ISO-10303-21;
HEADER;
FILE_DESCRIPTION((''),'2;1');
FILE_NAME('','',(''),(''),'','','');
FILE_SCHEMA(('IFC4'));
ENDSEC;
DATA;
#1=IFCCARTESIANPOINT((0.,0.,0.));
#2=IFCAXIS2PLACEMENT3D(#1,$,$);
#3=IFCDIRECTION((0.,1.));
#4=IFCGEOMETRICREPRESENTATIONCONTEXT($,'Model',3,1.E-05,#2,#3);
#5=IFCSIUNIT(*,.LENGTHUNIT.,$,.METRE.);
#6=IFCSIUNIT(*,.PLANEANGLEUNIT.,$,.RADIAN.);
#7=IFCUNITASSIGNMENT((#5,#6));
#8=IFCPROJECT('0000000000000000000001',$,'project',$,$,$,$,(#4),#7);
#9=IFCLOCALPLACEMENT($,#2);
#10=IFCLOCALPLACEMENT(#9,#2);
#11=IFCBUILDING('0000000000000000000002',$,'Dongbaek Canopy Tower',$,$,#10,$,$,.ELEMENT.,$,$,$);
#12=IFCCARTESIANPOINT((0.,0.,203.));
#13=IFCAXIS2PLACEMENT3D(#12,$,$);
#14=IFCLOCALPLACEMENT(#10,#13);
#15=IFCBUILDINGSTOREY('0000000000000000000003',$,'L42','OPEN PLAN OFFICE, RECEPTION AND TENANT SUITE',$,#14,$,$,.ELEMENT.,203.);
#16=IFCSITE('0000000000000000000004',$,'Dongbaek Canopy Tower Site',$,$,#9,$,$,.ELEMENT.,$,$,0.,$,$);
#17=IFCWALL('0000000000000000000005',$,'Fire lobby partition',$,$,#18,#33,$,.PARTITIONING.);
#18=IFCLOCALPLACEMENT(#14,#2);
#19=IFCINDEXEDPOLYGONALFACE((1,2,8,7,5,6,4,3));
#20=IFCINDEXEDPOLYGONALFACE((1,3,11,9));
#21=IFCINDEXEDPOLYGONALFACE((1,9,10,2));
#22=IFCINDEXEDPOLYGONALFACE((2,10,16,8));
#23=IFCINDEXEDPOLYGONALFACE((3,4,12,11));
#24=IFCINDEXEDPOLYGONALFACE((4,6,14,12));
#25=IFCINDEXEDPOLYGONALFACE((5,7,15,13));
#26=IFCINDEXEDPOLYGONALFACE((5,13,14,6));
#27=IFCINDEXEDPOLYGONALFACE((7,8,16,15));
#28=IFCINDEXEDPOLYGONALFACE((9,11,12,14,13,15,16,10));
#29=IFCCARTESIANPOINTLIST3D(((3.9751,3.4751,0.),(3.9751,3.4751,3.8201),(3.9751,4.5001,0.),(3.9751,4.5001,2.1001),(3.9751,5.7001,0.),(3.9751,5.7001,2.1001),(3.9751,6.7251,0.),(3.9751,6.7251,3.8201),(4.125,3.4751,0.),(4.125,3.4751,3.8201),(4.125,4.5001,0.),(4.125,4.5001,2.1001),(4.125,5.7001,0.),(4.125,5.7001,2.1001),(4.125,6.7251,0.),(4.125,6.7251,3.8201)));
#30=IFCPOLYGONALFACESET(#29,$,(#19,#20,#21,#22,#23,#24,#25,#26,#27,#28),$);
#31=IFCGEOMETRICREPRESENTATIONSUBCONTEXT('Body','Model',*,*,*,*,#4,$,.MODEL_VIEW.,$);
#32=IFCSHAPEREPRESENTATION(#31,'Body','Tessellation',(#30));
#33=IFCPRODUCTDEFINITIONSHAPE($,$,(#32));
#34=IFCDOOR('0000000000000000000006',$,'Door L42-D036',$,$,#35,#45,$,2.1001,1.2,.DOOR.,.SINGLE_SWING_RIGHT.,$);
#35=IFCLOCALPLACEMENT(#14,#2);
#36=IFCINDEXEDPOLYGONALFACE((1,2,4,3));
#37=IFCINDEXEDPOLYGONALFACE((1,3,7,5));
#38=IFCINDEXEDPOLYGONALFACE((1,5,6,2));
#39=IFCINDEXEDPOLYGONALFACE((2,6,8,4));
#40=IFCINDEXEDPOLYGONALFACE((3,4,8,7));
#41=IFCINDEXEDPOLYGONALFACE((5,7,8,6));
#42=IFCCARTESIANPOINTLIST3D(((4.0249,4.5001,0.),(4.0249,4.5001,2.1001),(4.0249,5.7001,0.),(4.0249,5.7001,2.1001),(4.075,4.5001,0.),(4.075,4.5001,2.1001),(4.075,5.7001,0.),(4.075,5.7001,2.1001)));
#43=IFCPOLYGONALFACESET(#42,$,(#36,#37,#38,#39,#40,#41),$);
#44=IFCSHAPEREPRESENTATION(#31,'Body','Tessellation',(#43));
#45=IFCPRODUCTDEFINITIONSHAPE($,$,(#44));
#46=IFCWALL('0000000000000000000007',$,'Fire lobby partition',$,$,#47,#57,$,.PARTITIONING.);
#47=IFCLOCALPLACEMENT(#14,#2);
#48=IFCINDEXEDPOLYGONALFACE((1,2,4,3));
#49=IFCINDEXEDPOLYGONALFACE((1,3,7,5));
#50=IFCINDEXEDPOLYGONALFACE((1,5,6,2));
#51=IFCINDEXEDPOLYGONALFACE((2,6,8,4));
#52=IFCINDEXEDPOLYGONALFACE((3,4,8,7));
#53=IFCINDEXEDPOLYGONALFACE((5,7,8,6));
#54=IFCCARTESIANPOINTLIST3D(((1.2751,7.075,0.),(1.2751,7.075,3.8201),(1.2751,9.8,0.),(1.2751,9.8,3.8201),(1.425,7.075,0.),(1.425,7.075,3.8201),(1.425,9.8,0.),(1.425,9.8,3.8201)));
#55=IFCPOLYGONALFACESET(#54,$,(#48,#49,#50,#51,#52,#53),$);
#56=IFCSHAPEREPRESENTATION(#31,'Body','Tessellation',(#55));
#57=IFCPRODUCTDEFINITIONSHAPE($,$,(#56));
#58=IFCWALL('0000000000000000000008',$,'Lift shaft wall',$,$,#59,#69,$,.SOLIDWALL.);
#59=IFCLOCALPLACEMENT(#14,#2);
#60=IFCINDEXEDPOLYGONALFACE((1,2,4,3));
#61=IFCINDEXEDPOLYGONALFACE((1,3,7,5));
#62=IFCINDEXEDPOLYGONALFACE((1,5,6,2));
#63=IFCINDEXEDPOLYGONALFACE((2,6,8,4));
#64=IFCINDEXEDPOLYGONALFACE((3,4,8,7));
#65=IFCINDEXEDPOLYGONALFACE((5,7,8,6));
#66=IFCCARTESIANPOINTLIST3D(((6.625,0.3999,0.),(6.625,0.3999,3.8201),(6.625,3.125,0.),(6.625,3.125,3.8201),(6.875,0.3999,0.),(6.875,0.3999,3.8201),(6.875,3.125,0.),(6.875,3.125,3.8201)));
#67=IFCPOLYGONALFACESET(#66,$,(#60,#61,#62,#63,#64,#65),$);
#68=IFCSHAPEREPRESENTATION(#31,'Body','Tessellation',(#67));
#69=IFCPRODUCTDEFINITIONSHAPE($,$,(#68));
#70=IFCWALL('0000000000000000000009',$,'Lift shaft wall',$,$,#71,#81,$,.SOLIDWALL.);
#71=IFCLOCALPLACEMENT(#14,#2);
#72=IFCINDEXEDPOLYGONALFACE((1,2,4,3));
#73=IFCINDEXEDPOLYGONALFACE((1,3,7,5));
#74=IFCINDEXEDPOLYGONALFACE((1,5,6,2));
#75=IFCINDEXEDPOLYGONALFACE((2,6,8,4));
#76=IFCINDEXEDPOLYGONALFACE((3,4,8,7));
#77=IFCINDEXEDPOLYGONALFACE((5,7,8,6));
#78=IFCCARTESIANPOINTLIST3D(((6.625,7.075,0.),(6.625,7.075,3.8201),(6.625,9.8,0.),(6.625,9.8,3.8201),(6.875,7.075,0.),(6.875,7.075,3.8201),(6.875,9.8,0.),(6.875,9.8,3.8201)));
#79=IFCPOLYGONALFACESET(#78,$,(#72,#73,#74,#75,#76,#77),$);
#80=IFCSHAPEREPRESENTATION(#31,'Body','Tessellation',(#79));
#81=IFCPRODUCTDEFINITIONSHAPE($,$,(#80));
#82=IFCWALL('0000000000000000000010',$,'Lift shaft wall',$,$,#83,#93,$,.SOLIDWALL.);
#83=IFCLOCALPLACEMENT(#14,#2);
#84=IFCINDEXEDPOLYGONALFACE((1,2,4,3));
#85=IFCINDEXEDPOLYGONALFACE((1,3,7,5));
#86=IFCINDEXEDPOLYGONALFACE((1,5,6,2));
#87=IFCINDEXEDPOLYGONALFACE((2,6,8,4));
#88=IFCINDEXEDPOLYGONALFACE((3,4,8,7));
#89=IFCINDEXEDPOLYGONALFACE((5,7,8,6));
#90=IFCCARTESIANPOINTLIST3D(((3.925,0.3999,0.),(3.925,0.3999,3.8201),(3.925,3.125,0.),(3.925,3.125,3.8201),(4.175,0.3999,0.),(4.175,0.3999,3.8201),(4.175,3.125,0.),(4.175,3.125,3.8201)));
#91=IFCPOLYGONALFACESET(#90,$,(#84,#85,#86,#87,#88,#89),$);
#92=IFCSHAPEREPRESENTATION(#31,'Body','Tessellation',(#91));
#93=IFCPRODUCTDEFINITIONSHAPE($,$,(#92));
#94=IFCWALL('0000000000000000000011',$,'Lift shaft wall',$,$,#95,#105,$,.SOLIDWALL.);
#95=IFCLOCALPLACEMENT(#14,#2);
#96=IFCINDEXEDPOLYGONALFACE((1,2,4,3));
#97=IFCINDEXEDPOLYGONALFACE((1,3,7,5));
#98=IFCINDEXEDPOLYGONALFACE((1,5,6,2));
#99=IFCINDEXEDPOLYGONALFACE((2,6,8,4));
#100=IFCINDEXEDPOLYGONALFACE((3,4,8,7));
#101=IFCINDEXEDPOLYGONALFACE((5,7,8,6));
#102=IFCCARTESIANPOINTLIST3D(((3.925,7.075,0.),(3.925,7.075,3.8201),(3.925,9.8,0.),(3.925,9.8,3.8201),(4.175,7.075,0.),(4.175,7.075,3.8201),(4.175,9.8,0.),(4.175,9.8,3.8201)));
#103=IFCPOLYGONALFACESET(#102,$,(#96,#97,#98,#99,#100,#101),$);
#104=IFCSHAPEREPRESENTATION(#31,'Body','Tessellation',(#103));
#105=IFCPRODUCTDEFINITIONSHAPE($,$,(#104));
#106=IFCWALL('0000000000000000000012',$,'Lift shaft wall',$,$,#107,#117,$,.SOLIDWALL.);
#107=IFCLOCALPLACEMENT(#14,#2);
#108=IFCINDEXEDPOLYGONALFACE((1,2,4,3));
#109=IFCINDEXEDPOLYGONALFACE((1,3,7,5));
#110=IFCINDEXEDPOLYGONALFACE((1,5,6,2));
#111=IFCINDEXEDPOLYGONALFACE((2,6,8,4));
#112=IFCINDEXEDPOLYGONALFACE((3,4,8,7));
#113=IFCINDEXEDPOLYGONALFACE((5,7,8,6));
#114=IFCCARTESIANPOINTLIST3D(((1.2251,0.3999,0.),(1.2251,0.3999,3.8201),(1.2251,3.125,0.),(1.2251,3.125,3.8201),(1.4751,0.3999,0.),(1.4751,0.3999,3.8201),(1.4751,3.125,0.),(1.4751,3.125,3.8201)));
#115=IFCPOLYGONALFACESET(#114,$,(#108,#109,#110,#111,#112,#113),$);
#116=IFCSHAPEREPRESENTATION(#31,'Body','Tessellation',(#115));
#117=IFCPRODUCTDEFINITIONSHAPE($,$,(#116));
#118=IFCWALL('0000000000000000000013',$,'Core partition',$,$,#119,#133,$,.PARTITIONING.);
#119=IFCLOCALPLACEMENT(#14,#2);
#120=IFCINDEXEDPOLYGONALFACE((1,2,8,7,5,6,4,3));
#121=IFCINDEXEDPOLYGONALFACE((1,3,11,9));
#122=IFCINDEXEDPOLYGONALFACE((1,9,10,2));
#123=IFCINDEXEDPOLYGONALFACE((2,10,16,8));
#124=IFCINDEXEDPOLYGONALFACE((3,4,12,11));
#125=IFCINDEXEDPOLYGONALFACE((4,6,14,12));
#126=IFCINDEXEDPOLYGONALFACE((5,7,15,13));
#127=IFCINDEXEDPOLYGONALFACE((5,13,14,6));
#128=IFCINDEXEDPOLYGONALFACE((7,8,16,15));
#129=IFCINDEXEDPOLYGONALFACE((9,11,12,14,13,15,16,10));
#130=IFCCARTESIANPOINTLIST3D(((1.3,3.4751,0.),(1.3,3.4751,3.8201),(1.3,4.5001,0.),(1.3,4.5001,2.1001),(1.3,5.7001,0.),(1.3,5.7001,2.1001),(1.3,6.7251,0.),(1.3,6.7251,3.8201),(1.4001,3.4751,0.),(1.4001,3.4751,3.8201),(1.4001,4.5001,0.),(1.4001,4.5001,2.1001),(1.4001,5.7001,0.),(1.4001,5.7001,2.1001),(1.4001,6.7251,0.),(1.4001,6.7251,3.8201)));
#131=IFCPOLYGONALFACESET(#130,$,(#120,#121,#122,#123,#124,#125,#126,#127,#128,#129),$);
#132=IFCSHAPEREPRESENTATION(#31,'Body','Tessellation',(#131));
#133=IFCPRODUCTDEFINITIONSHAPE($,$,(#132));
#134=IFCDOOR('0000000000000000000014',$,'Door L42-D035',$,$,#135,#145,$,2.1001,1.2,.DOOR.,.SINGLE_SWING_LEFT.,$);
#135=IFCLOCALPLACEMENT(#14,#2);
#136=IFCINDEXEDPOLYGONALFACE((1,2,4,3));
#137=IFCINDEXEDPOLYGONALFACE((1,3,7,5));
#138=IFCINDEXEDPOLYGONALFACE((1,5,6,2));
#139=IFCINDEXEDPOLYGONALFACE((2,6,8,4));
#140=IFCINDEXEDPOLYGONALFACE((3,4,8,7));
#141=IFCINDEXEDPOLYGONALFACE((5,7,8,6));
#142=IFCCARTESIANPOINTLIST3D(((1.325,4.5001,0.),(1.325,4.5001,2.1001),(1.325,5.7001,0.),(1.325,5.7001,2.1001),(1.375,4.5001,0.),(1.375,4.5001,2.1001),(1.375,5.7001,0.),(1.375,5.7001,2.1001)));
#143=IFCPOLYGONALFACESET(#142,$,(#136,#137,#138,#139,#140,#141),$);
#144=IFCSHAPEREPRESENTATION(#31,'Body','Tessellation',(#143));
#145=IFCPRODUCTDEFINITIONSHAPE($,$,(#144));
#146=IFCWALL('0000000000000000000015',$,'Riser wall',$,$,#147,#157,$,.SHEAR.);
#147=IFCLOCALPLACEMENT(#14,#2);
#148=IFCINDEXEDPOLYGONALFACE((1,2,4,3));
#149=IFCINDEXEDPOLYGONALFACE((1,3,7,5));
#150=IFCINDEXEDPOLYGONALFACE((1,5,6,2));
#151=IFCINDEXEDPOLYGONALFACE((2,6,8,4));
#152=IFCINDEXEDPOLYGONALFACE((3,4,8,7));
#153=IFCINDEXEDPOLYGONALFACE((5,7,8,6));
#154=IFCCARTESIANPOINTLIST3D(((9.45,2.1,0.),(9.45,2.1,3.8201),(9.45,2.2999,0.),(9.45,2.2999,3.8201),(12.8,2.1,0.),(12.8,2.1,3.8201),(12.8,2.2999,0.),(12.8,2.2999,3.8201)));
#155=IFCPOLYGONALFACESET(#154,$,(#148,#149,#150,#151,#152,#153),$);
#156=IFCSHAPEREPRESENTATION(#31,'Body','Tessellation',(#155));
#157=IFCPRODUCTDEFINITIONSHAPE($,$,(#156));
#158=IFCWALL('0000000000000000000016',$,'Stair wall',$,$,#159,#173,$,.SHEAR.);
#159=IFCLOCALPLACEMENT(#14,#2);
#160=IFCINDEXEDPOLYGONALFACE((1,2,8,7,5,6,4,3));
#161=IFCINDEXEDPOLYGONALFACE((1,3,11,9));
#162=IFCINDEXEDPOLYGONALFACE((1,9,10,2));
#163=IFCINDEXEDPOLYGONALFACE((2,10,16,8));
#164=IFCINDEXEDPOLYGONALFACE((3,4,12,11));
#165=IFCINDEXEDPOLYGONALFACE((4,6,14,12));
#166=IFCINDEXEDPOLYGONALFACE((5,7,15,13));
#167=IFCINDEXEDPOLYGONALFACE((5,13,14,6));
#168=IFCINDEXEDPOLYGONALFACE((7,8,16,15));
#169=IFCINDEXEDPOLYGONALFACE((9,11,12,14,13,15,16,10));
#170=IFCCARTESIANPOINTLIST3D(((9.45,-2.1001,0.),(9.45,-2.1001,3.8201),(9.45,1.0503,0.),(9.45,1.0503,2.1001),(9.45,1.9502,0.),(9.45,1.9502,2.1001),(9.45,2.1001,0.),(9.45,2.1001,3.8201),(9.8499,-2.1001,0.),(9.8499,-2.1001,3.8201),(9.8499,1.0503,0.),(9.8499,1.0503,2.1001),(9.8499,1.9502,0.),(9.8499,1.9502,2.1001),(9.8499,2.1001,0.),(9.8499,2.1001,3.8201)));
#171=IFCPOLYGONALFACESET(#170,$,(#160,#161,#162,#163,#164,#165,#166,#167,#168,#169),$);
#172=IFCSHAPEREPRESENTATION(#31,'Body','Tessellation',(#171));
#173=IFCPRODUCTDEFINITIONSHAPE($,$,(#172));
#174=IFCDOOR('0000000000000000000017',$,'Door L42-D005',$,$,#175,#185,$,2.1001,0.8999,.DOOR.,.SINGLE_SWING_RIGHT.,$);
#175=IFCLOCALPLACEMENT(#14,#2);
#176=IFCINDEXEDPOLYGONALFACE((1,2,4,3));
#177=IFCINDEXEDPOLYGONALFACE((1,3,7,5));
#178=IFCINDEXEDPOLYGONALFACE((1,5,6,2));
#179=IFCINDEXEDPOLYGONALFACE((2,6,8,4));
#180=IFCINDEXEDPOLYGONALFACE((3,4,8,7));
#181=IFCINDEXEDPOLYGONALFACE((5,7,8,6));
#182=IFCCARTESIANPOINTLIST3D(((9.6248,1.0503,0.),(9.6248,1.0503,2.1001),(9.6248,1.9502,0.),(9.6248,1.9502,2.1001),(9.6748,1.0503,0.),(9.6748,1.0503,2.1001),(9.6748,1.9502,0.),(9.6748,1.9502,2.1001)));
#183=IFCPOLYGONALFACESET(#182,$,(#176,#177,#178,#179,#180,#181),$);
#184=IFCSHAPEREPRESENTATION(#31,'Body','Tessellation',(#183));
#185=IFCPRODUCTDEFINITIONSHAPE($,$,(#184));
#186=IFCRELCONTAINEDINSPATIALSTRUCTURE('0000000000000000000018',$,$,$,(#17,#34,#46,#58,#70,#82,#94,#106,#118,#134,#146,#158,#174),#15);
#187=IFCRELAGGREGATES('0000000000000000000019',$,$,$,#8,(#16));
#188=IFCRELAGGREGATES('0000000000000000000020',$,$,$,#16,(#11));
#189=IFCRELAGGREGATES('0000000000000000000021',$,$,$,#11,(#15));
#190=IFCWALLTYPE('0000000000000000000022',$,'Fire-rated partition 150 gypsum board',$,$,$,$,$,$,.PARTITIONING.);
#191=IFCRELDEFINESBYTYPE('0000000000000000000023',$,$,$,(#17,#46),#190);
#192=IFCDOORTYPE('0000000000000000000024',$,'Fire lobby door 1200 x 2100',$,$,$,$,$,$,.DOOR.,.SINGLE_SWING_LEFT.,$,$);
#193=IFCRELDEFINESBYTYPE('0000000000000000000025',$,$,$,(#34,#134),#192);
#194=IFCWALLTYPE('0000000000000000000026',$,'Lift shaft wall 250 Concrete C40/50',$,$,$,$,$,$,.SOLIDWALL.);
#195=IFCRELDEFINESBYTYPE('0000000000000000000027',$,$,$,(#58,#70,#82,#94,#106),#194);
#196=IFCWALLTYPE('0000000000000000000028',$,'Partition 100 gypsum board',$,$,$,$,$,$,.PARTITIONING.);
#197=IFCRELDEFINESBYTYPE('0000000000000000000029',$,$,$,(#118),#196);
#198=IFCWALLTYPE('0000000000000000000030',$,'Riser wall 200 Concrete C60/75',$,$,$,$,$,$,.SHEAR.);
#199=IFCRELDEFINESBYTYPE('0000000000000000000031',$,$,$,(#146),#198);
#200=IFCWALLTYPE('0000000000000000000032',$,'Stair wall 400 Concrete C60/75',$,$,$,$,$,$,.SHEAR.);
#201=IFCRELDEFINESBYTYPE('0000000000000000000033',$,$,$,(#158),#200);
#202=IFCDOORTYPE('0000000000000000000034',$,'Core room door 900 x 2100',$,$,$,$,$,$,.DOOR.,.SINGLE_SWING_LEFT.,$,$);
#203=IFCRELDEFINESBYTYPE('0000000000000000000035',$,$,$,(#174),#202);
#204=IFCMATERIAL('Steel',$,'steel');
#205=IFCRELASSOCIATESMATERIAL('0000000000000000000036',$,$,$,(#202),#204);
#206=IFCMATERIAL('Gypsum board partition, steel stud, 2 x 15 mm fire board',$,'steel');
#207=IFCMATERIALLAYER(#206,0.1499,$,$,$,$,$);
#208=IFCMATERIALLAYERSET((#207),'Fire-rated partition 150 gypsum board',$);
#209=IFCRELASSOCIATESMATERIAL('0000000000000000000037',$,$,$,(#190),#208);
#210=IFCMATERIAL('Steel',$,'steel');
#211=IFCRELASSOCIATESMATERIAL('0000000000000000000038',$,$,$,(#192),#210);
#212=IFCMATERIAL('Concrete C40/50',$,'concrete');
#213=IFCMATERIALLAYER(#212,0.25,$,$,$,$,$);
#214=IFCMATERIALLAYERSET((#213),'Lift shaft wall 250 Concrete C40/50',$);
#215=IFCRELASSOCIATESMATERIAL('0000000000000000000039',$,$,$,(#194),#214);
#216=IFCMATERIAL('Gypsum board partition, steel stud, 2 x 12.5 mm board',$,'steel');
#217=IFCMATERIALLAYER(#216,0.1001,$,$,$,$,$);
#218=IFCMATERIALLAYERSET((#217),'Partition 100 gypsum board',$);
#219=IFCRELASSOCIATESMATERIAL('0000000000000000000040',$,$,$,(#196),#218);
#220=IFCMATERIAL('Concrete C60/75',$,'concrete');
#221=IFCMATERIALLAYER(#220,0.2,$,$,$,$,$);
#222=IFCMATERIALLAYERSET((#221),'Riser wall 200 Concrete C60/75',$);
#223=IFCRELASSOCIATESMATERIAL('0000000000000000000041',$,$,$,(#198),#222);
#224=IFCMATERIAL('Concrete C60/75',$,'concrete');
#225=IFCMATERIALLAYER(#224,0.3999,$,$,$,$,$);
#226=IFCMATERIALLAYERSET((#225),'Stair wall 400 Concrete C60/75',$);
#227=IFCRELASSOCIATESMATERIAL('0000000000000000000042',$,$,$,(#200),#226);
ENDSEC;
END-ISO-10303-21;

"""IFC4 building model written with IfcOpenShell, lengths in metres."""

from ifc_helpers import new_model, si_unit, direction, frame, frame_2d, origin, place, context, subcontext, project, spatial, rectangle, extrude, material, layer, layer_set, type_object, element, fill, save


model = new_model("IFC4")

# Units and contexts
model_context = context("Model", 3, precision=1e-05, world=origin(), true_north=direction((0.0, 1.0)))
body_context = subcontext(model_context, "Body", "Model", "MODEL_VIEW")
ifc_project = project(units=[si_unit("LENGTHUNIT", "METRE"), si_unit("PLANEANGLEUNIT", "RADIAN")], contexts=[model_context])

# Site, building, storey
site_placement = place(None, origin())
site = spatial("IfcSite", under=ifc_project, at=site_placement, Name="Dongbaek Canopy Tower Site", CompositionType="ELEMENT", RefElevation=0.0)
building_placement = place(site_placement, origin())
building = spatial("IfcBuilding", under=site, at=building_placement, Name="Dongbaek Canopy Tower", CompositionType="ELEMENT")
storey_placement = place(building_placement, frame((0.0, 0.0, 203.0)))
storey = spatial("IfcBuildingStorey", under=building, at=storey_placement, Name="L42", Description="OPEN PLAN OFFICE, RECEPTION AND TENANT SUITE", CompositionType="ELEMENT", Elevation=203.0)

# Shared definitions
ifc_material_1 = material(Name="Steel", Category="steel")
door_type_1 = type_object("IfcDoorType", Name="Core room door 900 x 2100", OperationType="SINGLE_SWING_LEFT", PredefinedType="DOOR", material=ifc_material_1)

# Wall, opening, door
ifc_material_2 = material(Name="Gypsum board partition, steel stud, 2 x 15 mm fire board", Category="steel")
ifc_layer_1 = layer(ifc_material_2, 0.1499)
ifc_layer_set_1 = layer_set([ifc_layer_1], Name="Fire-rated partition 150 gypsum board")
wall_type_1 = type_object("IfcWallType", Name="Fire-rated partition 150 gypsum board", PredefinedType="PARTITIONING", material=ifc_layer_set_1)
wall_1_placement = place(storey_placement, frame((4.05, 6.7251, 0.0), z_axis=(0.0, 0.0, 1.0), x_axis=(0.0, -1.0, 0.0)))
wall_1 = element("IfcWall", 1, at=wall_1_placement, inside=storey, type_object=wall_type_1, Name="Fire lobby partition", PredefinedType="PARTITIONING", context=body_context, shape_type="SweptSolid", body=[
    extrude(rectangle(XDim=3.25, YDim=0.1499, at=frame_2d((1.625, 0.0))), origin(), (0.0, 0.0, 1.0), 3.8201),
])
opening_1_placement = place(wall_1_placement, frame((1.0249, 0.0, 0.0)))
opening_1 = element("IfcOpeningElement", 2, at=opening_1_placement, cuts=wall_1, PredefinedType="OPENING", context=body_context, shape_type="SweptSolid", body=[
    extrude(rectangle(XDim=1.2, YDim=2.1001, at=frame_2d((0.6001, 1.05))), frame((0.0, 0.085, 0.0), z_axis=(0.0, -1.0, 0.0), x_axis=(1.0, 0.0, 0.0)), (0.0, 0.0, 1.0), 0.1699),
])
ifc_material_3 = material(Name="Steel", Category="steel")
door_type_2 = type_object("IfcDoorType", Name="Fire lobby door 1200 x 2100", OperationType="SINGLE_SWING_LEFT", PredefinedType="DOOR", material=ifc_material_3)
door_1_placement = place(opening_1_placement, origin())
door_1 = element("IfcDoor", 3, at=door_1_placement, inside=storey, type_object=door_type_2, Name="Door L42-D036", OperationType="SINGLE_SWING_RIGHT", OverallHeight=2.1001, OverallWidth=1.2, PredefinedType="DOOR", context=body_context, shape_type="SweptSolid", body=[
    extrude(rectangle(XDim=1.2, YDim=2.1001, at=frame_2d((0.6001, 1.05))), frame((0.0, 0.0249, 0.0), z_axis=(0.0, -1.0, 0.0), x_axis=(1.0, 0.0, 0.0)), (0.0, 0.0, 1.0), 0.05),
])
fill(opening_1, door_1)

# Walls
wall_2_placement = place(storey_placement, frame((1.3501, 7.075, 0.0), z_axis=(0.0, 0.0, 1.0), x_axis=(0.0, 1.0, 0.0)))
element("IfcWall", 4, at=wall_2_placement, inside=storey, type_object=wall_type_1, Name="Fire lobby partition", PredefinedType="PARTITIONING", context=body_context, shape_type="SweptSolid", body=[
    extrude(rectangle(XDim=2.7251, YDim=0.1499, at=frame_2d((1.3625, 0.0))), origin(), (0.0, 0.0, 1.0), 3.8201),
])
ifc_material_4 = material(Name="Concrete C40/50", Category="concrete")
ifc_layer_2 = layer(ifc_material_4, 0.25)
ifc_layer_set_2 = layer_set([ifc_layer_2], Name="Lift shaft wall 250 Concrete C40/50")
wall_type_2 = type_object("IfcWallType", Name="Lift shaft wall 250 Concrete C40/50", PredefinedType="SOLIDWALL", material=ifc_layer_set_2)
for number, where, z_axis, x_axis, name in (
    (5, (6.75, 0.3999, 0.0), (0.0, 0.0, 1.0), (0.0, 1.0, 0.0), "Lift shaft wall"),
    (6, (6.75, 7.075, 0.0), (0.0, 0.0, 1.0), (0.0, 1.0, 0.0), "Lift shaft wall"),
    (7, (4.05, 0.3999, 0.0), (0.0, 0.0, 1.0), (0.0, 1.0, 0.0), "Lift shaft wall"),
    (8, (4.05, 7.075, 0.0), (0.0, 0.0, 1.0), (0.0, 1.0, 0.0), "Lift shaft wall"),
    (9, (1.3501, 0.3999, 0.0), (0.0, 0.0, 1.0), (0.0, 1.0, 0.0), "Lift shaft wall"),
):
    element("IfcWall", number, at=place(storey_placement, frame(where, z_axis=z_axis, x_axis=x_axis)), inside=storey, type_object=wall_type_2, Name=name, PredefinedType="SOLIDWALL", context=body_context, shape_type="SweptSolid", body=[
        extrude(rectangle(XDim=2.7251, YDim=0.25, at=frame_2d((1.3625, 0.0))), origin(), (0.0, 0.0, 1.0), 3.8201),
    ])

# Wall, opening, door
ifc_material_5 = material(Name="Gypsum board partition, steel stud, 2 x 12.5 mm board", Category="steel")
ifc_layer_3 = layer(ifc_material_5, 0.1001)
ifc_layer_set_3 = layer_set([ifc_layer_3], Name="Partition 100 gypsum board")
wall_type_3 = type_object("IfcWallType", Name="Partition 100 gypsum board", PredefinedType="PARTITIONING", material=ifc_layer_set_3)
wall_3_placement = place(storey_placement, frame((1.3501, 6.7251, 0.0), z_axis=(0.0, 0.0, 1.0), x_axis=(0.0, -1.0, 0.0)))
wall_3 = element("IfcWall", 10, at=wall_3_placement, inside=storey, type_object=wall_type_3, Name="Core partition", PredefinedType="PARTITIONING", context=body_context, shape_type="SweptSolid", body=[
    extrude(rectangle(XDim=3.25, YDim=0.1001, at=frame_2d((1.625, 0.0))), origin(), (0.0, 0.0, 1.0), 3.8201),
])
opening_2_placement = place(wall_3_placement, frame((1.0249, 0.0, 0.0)))
opening_2 = element("IfcOpeningElement", 11, at=opening_2_placement, cuts=wall_3, PredefinedType="OPENING", context=body_context, shape_type="SweptSolid", body=[
    extrude(rectangle(XDim=1.2, YDim=2.1001, at=frame_2d((0.6001, 1.05))), frame((0.0, 0.0601, 0.0), z_axis=(0.0, -1.0, 0.0), x_axis=(1.0, 0.0, 0.0)), (0.0, 0.0, 1.0), 0.1201),
])
door_2_placement = place(opening_2_placement, origin())
door_2 = element("IfcDoor", 12, at=door_2_placement, inside=storey, type_object=door_type_2, Name="Door L42-D035", OperationType="SINGLE_SWING_LEFT", OverallHeight=2.1001, OverallWidth=1.2, PredefinedType="DOOR", context=body_context, shape_type="SweptSolid", body=[
    extrude(rectangle(XDim=1.2, YDim=2.1001, at=frame_2d((0.6001, 1.05))), frame((0.0, 0.0249, 0.0), z_axis=(0.0, -1.0, 0.0), x_axis=(1.0, 0.0, 0.0)), (0.0, 0.0, 1.0), 0.05),
])
fill(opening_2, door_2)

# Wall
ifc_material_6 = material(Name="Concrete C60/75", Category="concrete")
ifc_layer_4 = layer(ifc_material_6, 0.2)
ifc_layer_set_4 = layer_set([ifc_layer_4], Name="Riser wall 200 Concrete C60/75")
wall_type_4 = type_object("IfcWallType", Name="Riser wall 200 Concrete C60/75", PredefinedType="SHEAR", material=ifc_layer_set_4)
wall_4_placement = place(storey_placement, frame((9.45, 2.2, 0.0), z_axis=(0.0, 0.0, 1.0), x_axis=(1.0, 0.0, 0.0)))
element("IfcWall", 13, at=wall_4_placement, inside=storey, type_object=wall_type_4, Name="Riser wall", PredefinedType="SHEAR", context=body_context, shape_type="SweptSolid", body=[
    extrude(rectangle(XDim=3.3501, YDim=0.2, at=frame_2d((1.675, 0.0))), origin(), (0.0, 0.0, 1.0), 3.8201),
])

# Wall, opening, door
ifc_material_7 = material(Name="Concrete C60/75", Category="concrete")
ifc_layer_5 = layer(ifc_material_7, 0.3999)
ifc_layer_set_5 = layer_set([ifc_layer_5], Name="Stair wall 400 Concrete C60/75")
wall_type_5 = type_object("IfcWallType", Name="Stair wall 400 Concrete C60/75", PredefinedType="SHEAR", material=ifc_layer_set_5)
wall_5_placement = place(storey_placement, frame((9.6499, 2.1001, 0.0), z_axis=(0.0, 0.0, 1.0), x_axis=(0.0, -1.0, 0.0)))
wall_5 = element("IfcWall", 14, at=wall_5_placement, inside=storey, type_object=wall_type_5, Name="Stair wall", PredefinedType="SHEAR", context=body_context, shape_type="SweptSolid", body=[
    extrude(rectangle(XDim=4.2002, YDim=0.3999, at=frame_2d((2.1001, 0.0))), origin(), (0.0, 0.0, 1.0), 3.8201),
])
opening_3_placement = place(wall_5_placement, frame((0.1499, 0.0, 0.0)))
opening_3 = element("IfcOpeningElement", 15, at=opening_3_placement, cuts=wall_5, PredefinedType="OPENING", context=body_context, shape_type="SweptSolid", body=[
    extrude(rectangle(XDim=0.8999, YDim=2.1001, at=frame_2d((0.45, 1.05))), frame((0.0, 0.21, 0.0), z_axis=(0.0, -1.0, 0.0), x_axis=(1.0, 0.0, 0.0)), (0.0, 0.0, 1.0), 0.4199),
])
door_3_placement = place(opening_3_placement, origin())
door_3 = element("IfcDoor", 16, at=door_3_placement, inside=storey, type_object=door_type_1, Name="Door L42-D005", OperationType="SINGLE_SWING_RIGHT", OverallHeight=2.1001, OverallWidth=0.8999, PredefinedType="DOOR", context=body_context, shape_type="SweptSolid", body=[
    extrude(rectangle(XDim=0.8999, YDim=2.1001, at=frame_2d((0.45, 1.05))), frame((0.0, 0.0249, 0.0), z_axis=(0.0, -1.0, 0.0), x_axis=(1.0, 0.0, 0.0)), (0.0, 0.0, 1.0), 0.05),
])
fill(opening_3, door_3)

save(model, "model.ifc")
